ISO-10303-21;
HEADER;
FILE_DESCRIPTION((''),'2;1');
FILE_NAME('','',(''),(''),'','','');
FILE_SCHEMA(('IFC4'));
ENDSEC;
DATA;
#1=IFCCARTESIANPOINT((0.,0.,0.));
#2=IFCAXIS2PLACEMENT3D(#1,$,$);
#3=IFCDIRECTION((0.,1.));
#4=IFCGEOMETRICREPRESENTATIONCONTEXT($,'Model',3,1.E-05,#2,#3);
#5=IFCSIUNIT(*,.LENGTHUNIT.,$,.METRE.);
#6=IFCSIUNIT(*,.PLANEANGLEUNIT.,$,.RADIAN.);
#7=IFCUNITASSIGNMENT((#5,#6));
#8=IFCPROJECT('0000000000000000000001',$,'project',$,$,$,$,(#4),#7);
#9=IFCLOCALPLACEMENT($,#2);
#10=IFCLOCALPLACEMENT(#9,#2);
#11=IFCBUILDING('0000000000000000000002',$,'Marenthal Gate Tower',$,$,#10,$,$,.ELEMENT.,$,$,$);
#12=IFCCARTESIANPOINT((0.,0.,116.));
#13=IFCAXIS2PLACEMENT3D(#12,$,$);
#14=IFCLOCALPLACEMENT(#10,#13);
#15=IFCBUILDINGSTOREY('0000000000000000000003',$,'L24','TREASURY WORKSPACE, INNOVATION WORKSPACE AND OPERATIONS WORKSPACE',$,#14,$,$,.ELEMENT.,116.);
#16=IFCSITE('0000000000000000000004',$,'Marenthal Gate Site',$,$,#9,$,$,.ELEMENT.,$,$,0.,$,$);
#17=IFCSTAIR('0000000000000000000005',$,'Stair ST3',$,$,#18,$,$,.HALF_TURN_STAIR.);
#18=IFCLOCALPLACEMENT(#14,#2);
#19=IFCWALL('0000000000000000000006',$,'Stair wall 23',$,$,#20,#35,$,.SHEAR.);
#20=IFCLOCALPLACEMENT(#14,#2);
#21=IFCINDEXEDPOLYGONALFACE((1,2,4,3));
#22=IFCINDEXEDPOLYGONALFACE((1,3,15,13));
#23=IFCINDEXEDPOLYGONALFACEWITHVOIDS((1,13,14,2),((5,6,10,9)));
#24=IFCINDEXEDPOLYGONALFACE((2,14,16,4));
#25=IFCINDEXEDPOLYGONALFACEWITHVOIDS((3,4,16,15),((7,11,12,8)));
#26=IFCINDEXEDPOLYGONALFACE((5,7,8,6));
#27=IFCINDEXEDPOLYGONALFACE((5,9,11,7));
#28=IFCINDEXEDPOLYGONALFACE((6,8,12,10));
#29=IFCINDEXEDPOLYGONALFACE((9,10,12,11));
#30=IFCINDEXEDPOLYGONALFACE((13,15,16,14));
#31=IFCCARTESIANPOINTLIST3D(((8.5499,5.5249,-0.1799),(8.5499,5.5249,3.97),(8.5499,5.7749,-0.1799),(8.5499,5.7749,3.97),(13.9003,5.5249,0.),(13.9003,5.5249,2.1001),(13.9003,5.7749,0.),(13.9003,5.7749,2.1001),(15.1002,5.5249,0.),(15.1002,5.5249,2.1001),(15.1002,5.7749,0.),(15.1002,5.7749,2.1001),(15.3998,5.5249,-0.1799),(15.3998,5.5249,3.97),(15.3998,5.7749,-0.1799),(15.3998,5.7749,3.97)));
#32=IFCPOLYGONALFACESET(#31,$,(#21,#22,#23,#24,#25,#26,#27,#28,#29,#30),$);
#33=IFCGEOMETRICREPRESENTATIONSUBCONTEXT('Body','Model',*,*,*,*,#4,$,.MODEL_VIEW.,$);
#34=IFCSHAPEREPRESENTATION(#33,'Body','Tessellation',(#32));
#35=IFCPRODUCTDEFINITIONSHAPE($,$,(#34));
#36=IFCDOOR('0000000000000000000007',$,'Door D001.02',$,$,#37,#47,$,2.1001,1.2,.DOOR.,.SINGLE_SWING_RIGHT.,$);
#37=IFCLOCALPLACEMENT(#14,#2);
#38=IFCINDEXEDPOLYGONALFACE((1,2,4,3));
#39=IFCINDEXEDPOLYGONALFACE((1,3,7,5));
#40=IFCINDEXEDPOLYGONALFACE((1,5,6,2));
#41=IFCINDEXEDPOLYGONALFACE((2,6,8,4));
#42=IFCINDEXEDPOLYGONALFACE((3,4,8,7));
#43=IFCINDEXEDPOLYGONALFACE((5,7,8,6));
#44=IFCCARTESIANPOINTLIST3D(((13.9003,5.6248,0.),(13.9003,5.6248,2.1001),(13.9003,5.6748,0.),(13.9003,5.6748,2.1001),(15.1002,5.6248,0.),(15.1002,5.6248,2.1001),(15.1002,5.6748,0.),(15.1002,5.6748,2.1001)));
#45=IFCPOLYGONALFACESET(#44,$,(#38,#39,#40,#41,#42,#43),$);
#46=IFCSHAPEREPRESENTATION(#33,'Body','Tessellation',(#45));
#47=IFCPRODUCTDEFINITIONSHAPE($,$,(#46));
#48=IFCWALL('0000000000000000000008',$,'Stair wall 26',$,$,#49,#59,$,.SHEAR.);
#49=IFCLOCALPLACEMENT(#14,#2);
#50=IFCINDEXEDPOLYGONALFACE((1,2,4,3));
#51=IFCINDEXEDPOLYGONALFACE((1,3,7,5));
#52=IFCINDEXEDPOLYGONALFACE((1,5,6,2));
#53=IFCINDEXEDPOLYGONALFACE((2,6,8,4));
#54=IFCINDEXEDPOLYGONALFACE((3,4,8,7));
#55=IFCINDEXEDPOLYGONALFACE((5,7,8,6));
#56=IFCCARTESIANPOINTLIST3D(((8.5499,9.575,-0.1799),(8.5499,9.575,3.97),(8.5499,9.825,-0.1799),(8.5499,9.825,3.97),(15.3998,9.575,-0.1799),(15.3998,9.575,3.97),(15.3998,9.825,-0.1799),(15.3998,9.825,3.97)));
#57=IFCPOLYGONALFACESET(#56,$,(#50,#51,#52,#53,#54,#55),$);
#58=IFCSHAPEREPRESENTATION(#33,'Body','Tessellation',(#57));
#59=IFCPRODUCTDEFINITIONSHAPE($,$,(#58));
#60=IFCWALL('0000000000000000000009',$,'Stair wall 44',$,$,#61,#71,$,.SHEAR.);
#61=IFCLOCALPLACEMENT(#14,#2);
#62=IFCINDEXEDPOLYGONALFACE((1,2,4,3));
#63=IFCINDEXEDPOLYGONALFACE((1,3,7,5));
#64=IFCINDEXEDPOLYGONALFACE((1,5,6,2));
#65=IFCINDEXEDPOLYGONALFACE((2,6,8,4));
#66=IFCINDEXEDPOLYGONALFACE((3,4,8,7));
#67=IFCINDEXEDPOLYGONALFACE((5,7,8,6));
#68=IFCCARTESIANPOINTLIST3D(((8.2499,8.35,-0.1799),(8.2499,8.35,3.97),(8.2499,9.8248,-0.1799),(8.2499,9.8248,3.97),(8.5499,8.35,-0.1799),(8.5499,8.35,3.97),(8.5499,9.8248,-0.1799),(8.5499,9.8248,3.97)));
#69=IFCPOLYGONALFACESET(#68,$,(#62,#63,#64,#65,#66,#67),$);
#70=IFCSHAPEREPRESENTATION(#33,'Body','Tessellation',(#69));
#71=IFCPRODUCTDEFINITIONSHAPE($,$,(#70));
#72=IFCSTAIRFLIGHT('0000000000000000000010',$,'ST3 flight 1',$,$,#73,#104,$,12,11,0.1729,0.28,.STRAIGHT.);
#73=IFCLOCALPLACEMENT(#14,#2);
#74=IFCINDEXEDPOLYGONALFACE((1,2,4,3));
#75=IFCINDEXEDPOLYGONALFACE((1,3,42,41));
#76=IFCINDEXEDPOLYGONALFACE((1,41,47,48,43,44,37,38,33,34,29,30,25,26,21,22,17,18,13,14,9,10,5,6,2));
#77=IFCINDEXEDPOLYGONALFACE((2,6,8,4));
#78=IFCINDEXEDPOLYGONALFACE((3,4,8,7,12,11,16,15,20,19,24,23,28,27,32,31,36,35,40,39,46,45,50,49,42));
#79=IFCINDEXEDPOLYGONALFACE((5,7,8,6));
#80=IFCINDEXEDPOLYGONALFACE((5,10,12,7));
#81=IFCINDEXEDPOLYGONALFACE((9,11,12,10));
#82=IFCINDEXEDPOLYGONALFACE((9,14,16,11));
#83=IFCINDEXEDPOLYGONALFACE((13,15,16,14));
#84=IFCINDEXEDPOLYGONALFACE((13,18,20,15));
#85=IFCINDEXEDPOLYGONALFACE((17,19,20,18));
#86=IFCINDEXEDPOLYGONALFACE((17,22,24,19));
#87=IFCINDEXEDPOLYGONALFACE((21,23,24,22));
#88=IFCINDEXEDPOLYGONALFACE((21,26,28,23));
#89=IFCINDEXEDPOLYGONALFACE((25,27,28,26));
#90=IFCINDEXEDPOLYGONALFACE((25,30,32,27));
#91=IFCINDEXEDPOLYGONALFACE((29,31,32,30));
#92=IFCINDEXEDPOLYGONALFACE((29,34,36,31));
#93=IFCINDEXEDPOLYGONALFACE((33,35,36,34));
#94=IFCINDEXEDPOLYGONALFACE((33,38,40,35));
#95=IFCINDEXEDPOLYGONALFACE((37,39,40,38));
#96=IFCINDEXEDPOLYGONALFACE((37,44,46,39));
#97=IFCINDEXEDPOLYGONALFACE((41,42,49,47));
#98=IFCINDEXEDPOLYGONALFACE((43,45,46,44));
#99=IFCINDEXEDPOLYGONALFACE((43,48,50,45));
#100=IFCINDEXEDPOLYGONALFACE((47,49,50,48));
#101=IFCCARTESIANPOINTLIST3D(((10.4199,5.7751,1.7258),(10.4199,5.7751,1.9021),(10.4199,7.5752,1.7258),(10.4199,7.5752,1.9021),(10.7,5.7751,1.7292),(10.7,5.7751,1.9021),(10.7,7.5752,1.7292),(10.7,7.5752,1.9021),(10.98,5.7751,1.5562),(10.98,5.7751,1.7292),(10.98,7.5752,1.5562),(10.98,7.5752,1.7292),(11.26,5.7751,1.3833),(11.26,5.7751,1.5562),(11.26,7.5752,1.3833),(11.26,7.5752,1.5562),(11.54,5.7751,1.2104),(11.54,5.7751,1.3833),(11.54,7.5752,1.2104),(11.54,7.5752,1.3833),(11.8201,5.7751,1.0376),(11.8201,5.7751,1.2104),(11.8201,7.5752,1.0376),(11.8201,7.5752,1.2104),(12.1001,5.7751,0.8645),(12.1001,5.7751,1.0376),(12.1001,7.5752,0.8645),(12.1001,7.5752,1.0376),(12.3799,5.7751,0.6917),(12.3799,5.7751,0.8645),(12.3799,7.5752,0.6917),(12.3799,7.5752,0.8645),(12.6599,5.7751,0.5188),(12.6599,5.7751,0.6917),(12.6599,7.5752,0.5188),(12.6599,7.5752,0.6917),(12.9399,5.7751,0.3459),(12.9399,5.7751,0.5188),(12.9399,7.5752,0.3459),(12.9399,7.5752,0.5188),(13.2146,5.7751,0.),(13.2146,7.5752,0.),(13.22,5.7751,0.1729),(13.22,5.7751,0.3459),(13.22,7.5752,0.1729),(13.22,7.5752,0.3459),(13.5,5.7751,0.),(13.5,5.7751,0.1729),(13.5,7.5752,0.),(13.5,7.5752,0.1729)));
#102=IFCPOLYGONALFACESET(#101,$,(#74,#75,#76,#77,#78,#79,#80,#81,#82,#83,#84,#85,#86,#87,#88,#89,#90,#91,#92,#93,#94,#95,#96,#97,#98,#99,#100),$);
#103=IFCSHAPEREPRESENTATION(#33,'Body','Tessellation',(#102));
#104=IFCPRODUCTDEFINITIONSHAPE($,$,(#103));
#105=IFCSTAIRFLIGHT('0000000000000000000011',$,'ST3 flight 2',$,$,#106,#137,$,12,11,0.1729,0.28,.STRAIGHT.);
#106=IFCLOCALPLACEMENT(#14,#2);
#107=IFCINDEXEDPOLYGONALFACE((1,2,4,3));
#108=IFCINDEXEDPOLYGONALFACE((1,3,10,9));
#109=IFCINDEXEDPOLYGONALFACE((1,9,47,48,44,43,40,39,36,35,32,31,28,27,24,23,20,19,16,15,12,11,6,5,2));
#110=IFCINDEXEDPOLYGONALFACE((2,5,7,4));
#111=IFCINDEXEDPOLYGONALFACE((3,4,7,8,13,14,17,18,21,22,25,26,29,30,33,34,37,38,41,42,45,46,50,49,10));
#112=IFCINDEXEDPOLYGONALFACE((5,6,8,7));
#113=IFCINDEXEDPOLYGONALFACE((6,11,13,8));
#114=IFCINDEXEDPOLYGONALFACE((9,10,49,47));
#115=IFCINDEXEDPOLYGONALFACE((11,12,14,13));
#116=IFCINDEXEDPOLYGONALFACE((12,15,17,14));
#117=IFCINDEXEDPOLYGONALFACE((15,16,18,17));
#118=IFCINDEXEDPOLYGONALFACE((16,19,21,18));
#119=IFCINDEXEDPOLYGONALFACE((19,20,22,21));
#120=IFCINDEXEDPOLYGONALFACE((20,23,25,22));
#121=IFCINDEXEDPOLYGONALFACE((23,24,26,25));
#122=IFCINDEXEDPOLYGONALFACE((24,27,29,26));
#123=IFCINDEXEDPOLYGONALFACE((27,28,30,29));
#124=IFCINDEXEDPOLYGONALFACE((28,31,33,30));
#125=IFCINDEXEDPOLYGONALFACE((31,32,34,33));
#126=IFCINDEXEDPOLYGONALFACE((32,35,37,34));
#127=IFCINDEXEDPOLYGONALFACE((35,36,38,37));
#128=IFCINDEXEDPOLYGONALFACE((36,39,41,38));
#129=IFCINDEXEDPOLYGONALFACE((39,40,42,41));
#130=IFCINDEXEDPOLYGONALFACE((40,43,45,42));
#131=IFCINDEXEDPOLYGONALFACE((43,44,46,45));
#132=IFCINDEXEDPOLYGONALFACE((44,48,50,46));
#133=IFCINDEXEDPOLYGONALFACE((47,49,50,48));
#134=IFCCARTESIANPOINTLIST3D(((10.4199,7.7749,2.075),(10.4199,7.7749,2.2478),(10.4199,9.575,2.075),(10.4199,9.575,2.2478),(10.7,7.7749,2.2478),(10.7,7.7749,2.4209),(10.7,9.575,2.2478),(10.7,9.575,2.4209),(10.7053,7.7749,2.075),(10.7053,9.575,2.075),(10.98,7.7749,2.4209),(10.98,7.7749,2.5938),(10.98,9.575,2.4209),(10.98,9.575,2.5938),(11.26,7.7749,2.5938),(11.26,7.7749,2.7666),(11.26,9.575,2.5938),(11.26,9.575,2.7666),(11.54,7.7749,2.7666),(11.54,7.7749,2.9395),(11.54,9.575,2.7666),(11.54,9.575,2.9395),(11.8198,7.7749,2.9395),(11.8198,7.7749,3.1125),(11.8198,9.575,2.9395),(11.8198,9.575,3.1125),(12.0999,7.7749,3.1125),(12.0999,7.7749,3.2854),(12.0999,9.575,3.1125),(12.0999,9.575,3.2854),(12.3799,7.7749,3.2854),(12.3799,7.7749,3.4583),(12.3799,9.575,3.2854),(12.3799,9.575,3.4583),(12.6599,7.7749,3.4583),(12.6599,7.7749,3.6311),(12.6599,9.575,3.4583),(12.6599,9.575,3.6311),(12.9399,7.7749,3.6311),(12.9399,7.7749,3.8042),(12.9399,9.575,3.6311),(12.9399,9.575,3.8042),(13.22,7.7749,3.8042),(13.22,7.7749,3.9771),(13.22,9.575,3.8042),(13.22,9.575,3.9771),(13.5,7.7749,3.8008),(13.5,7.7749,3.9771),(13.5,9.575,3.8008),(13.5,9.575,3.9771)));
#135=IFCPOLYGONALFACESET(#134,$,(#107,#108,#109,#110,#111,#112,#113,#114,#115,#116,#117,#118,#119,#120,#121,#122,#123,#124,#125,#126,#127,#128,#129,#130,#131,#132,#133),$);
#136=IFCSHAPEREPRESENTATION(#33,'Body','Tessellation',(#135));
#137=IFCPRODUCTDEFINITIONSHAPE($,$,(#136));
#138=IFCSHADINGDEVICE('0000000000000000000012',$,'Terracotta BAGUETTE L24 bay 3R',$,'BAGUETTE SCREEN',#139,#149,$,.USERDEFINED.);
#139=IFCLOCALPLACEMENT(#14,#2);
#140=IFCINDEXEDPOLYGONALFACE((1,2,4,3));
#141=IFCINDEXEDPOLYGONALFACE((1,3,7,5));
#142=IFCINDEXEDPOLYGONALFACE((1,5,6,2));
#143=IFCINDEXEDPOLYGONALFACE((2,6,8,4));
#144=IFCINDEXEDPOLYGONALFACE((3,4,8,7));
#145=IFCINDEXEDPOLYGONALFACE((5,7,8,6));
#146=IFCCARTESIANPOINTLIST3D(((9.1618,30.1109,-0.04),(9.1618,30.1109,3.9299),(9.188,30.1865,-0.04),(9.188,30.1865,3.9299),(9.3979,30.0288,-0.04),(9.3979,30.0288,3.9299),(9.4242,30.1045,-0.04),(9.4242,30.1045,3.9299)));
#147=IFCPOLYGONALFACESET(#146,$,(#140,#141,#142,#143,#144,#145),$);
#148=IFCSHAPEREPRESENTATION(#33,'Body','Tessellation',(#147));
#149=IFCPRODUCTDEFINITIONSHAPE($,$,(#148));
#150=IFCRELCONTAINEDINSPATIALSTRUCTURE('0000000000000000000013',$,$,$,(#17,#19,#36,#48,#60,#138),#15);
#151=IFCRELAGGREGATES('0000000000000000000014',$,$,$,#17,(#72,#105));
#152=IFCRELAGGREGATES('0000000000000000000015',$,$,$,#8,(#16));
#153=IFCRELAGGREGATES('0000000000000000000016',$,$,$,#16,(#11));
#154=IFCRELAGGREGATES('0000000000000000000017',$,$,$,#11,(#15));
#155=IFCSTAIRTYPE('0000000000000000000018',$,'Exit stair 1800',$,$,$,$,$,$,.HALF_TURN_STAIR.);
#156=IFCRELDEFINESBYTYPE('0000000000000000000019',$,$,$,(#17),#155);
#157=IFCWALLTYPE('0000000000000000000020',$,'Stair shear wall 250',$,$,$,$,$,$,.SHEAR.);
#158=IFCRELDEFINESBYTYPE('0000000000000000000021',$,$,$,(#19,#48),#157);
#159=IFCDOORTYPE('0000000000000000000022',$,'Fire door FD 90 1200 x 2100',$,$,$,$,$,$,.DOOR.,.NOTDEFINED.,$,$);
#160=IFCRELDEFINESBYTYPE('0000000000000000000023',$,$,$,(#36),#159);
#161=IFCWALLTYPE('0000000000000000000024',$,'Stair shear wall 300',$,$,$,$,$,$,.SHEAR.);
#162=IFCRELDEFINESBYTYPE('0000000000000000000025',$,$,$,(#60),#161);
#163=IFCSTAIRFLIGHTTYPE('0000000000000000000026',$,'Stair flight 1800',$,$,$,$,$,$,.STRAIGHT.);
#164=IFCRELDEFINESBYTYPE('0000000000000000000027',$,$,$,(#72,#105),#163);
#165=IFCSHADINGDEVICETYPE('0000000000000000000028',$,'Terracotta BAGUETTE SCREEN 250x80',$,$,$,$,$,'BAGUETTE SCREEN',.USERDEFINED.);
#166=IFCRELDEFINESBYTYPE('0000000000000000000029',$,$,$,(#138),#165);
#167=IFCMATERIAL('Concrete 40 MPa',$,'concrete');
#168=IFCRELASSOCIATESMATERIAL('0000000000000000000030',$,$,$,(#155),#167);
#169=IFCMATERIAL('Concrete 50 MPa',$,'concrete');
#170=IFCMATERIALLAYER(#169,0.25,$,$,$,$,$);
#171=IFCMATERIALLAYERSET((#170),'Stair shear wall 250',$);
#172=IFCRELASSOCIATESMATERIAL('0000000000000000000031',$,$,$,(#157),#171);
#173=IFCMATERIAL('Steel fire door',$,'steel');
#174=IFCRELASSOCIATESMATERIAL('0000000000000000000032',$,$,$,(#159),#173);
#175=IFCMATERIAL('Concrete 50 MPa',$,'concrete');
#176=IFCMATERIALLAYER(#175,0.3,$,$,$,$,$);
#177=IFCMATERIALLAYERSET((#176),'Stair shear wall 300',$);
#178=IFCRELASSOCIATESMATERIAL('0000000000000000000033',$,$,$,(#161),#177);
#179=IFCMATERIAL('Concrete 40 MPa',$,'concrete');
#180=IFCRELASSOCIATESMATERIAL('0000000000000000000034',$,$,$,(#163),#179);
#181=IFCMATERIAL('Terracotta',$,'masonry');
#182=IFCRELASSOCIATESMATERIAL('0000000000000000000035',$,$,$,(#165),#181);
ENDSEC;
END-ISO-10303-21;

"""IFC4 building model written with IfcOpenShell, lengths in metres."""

from ifc_helpers import new_model, si_unit, direction, frame, frame_2d, origin, origin_2d, place, context, subcontext, project, spatial, polyline, rectangle, outline, extrude, material, layer, layer_set, material_profile, profile_set, type_object, element, fill, aggregate, save


model = new_model("IFC4")

# Units and contexts
model_context = context("Model", 3, precision=1e-05, world=origin(), true_north=direction((0.0, 1.0)))
body_context = subcontext(model_context, "Body", "Model", "MODEL_VIEW")
ifc_project = project(units=[si_unit("LENGTHUNIT", "METRE"), si_unit("PLANEANGLEUNIT", "RADIAN")], contexts=[model_context])

# Site, building, storey
site_placement = place(None, origin())
site = spatial("IfcSite", under=ifc_project, at=site_placement, Name="Marenthal Gate Site", CompositionType="ELEMENT", RefElevation=0.0)
building_placement = place(site_placement, origin())
building = spatial("IfcBuilding", under=site, at=building_placement, Name="Marenthal Gate Tower", CompositionType="ELEMENT")
storey_placement = place(building_placement, frame((0.0, 0.0, 116.0)))
storey = spatial("IfcBuildingStorey", under=building, at=storey_placement, Name="L24", Description="TREASURY WORKSPACE, INNOVATION WORKSPACE AND OPERATIONS WORKSPACE", CompositionType="ELEMENT", Elevation=116.0)

# Stair
ifc_material_1 = material(Name="Concrete 40 MPa", Category="concrete")
stair_type = type_object("IfcStairType", Name="Exit stair 1800", PredefinedType="HALF_TURN_STAIR", material=ifc_material_1)
stair_1_placement = place(storey_placement, origin())
stair_1 = element("IfcStair", 1, at=stair_1_placement, inside=storey, type_object=stair_type, Name="Stair ST3", PredefinedType="HALF_TURN_STAIR")

# Wall, opening, door
ifc_material_2 = material(Name="Concrete 50 MPa", Category="concrete")
ifc_layer_1 = layer(ifc_material_2, 0.25)
ifc_layer_set_1 = layer_set([ifc_layer_1], Name="Stair shear wall 250")
wall_type_1 = type_object("IfcWallType", Name="Stair shear wall 250", PredefinedType="SHEAR", material=ifc_layer_set_1)
wall_1_placement = place(storey_placement, frame((8.55, 5.6499, -0.1799), z_axis=(0.0, 0.0, 1.0), x_axis=(1.0, 0.0, 0.0)))
wall_1 = element("IfcWall", 2, at=wall_1_placement, inside=storey, type_object=wall_type_1, Name="Stair wall 23", PredefinedType="SHEAR", context=body_context, shape_type="SweptSolid", body=[
    extrude(rectangle(XDim=6.8499, YDim=0.25, at=frame_2d((3.4248, 0.0))), origin(), (0.0, 0.0, 1.0), 4.1499),
])
opening_1_placement = place(wall_1_placement, frame((5.3501, 0.0, 0.1799)))
opening_1 = element("IfcOpeningElement", 3, at=opening_1_placement, cuts=wall_1, PredefinedType="OPENING", context=body_context, shape_type="SweptSolid", body=[
    extrude(rectangle(XDim=1.2, YDim=2.1001, at=frame_2d((0.6001, 1.05))), frame((0.0, 0.135, 0.0), z_axis=(0.0, -1.0, 0.0), x_axis=(1.0, 0.0, 0.0)), (0.0, 0.0, 1.0), 0.27),
])
ifc_material_3 = material(Name="Steel fire door", Category="steel")
door_type_1 = type_object("IfcDoorType", Name="Fire door FD 90 1200 x 2100", OperationType="NOTDEFINED", PredefinedType="DOOR", material=ifc_material_3)
door_1_placement = place(opening_1_placement, origin())
door_1 = element("IfcDoor", 4, at=door_1_placement, inside=storey, type_object=door_type_1, Name="Door D001.02", OperationType="SINGLE_SWING_RIGHT", OverallHeight=2.1001, OverallWidth=1.2, PredefinedType="DOOR", context=body_context, shape_type="SweptSolid", body=[
    extrude(rectangle(XDim=1.2, YDim=2.1001, at=frame_2d((0.6001, 1.05))), frame((0.0, 0.0249, 0.0), z_axis=(0.0, -1.0, 0.0), x_axis=(1.0, 0.0, 0.0)), (0.0, 0.0, 1.0), 0.05),
])
fill(opening_1, door_1)

# Walls
wall_2_placement = place(storey_placement, frame((8.55, 9.7, -0.1799), z_axis=(0.0, 0.0, 1.0), x_axis=(1.0, 0.0, 0.0)))
element("IfcWall", 5, at=wall_2_placement, inside=storey, type_object=wall_type_1, Name="Stair wall 26", PredefinedType="SHEAR", context=body_context, shape_type="SweptSolid", body=[
    extrude(rectangle(XDim=6.8499, YDim=0.25, at=frame_2d((3.4248, 0.0))), origin(), (0.0, 0.0, 1.0), 4.1499),
])
ifc_material_4 = material(Name="Concrete 50 MPa", Category="concrete")
ifc_layer_2 = layer(ifc_material_4, 0.3)
ifc_layer_set_2 = layer_set([ifc_layer_2], Name="Stair shear wall 300")
wall_type_2 = type_object("IfcWallType", Name="Stair shear wall 300", PredefinedType="SHEAR", material=ifc_layer_set_2)
wall_3_placement = place(storey_placement, frame((8.3999, 8.3501, -0.1799), z_axis=(0.0, 0.0, 1.0), x_axis=(0.0, 1.0, 0.0)))
element("IfcWall", 6, at=wall_3_placement, inside=storey, type_object=wall_type_2, Name="Stair wall 44", PredefinedType="SHEAR", context=body_context, shape_type="SweptSolid", body=[
    extrude(rectangle(XDim=1.4749, YDim=0.3, at=frame_2d((0.7373, 0.0))), origin(), (0.0, 0.0, 1.0), 4.1499),
])

# Stair flights
ifc_material_5 = material(Name="Concrete 40 MPa", Category="concrete")
stair_flight_type = type_object("IfcStairFlightType", Name="Stair flight 1800", PredefinedType="STRAIGHT", material=ifc_material_5)
stair_flight_1_placement = place(storey_placement, frame((13.5, 6.675, 0.0), z_axis=(0.0, 0.0, 1.0), x_axis=(-1.0, 0.0, 0.0)))
stair_flight_1 = element("IfcStairFlight", 7, at=stair_flight_1_placement, type_object=stair_flight_type, Name="ST3 flight 1", NumberOfRisers=12, NumberOfTreads=11, PredefinedType="STRAIGHT", RiserHeight=0.1729, TreadLength=0.28, context=body_context, shape_type="SweptSolid", body=[
    extrude(outline(polyline([(0.0, 0.0), (0.0, 0.1729), (0.28, 0.1729), (0.28, 0.3459), (0.5601, 0.3459), (0.5601, 0.5188), (0.8401, 0.5188), (0.8401, 0.6917), (1.1201, 0.6917), (1.1201, 0.8645), (1.3999, 0.8645), (1.3999, 1.0376), (1.6799, 1.0376), (1.6799, 1.2104), (1.96, 1.2104), (1.96, 1.3833), (2.24, 1.3833), (2.24, 1.5562), (2.52, 1.5562), (2.52, 1.7292), (2.8, 1.7292), (2.8, 1.9021), (3.0801, 1.9021), (3.0801, 2.075), (3.0801, 1.7258), (0.2854, 0.0), (0.0, 0.0)])), frame((0.0, 0.8999, 0.0), z_axis=(0.0, -1.0, 0.0), x_axis=(1.0, 0.0, 0.0)), (0.0, 0.0, 1.0), 1.8),
])
stair_flight_2_placement = place(storey_placement, frame((10.4199, 8.675, 2.075), z_axis=(0.0, 0.0, 1.0), x_axis=(1.0, 0.0, 0.0)))
stair_flight_2 = element("IfcStairFlight", 8, at=stair_flight_2_placement, type_object=stair_flight_type, Name="ST3 flight 2", NumberOfRisers=12, NumberOfTreads=11, PredefinedType="STRAIGHT", RiserHeight=0.1729, TreadLength=0.28, context=body_context, shape_type="SweptSolid", body=[
    extrude(outline(polyline([(0.0, 0.0), (0.0, 0.1729), (0.28, 0.1729), (0.28, 0.3459), (0.5601, 0.3459), (0.5601, 0.5188), (0.8401, 0.5188), (0.8401, 0.6917), (1.1201, 0.6917), (1.1201, 0.8645), (1.3999, 0.8645), (1.3999, 1.0376), (1.6799, 1.0376), (1.6799, 1.2104), (1.96, 1.2104), (1.96, 1.3833), (2.24, 1.3833), (2.24, 1.5562), (2.52, 1.5562), (2.52, 1.7292), (2.8, 1.7292), (2.8, 1.9021), (3.0801, 1.9021), (3.0801, 2.075), (3.0801, 1.7258), (0.2854, 0.0), (0.0, 0.0)])), frame((0.0, 0.8999, 0.0), z_axis=(0.0, -1.0, 0.0), x_axis=(1.0, 0.0, 0.0)), (0.0, 0.0, 1.0), 1.8),
])
aggregate(stair_1, [stair_flight_1, stair_flight_2])

# Shading device
ifc_material_6 = material(Name="Terracotta", Category="masonry")
ifc_material_profile_1 = material_profile(ifc_material_6, rectangle(XDim=0.25, YDim=0.0801, at=origin_2d()), Name="Terracotta baguette 250x80")
ifc_profile_set_1 = profile_set([ifc_material_profile_1], Name="Terracotta")
shading_device_type = type_object("IfcShadingDeviceType", Name="Terracotta BAGUETTE SCREEN 250x80", ElementType="BAGUETTE SCREEN", PredefinedType="USERDEFINED", material=ifc_profile_set_1)
shading_device_placement = place(storey_placement, frame((9.293, 30.1077, -0.04), z_axis=(0.0, 0.0, 1.0), x_axis=(-0.944597, 0.328231, 0.0)))
element("IfcShadingDevice", 9, at=shading_device_placement, inside=storey, type_object=shading_device_type, Name="Terracotta BAGUETTE L24 bay 3R", ObjectType="BAGUETTE SCREEN", PredefinedType="USERDEFINED", context=body_context, shape_type="SweptSolid", body=[
    extrude(rectangle(XDim=0.25, YDim=0.0801, at=origin_2d()), origin(), (0.0, 0.0, 1.0), 3.97),
])

save(model, "model.ifc")
